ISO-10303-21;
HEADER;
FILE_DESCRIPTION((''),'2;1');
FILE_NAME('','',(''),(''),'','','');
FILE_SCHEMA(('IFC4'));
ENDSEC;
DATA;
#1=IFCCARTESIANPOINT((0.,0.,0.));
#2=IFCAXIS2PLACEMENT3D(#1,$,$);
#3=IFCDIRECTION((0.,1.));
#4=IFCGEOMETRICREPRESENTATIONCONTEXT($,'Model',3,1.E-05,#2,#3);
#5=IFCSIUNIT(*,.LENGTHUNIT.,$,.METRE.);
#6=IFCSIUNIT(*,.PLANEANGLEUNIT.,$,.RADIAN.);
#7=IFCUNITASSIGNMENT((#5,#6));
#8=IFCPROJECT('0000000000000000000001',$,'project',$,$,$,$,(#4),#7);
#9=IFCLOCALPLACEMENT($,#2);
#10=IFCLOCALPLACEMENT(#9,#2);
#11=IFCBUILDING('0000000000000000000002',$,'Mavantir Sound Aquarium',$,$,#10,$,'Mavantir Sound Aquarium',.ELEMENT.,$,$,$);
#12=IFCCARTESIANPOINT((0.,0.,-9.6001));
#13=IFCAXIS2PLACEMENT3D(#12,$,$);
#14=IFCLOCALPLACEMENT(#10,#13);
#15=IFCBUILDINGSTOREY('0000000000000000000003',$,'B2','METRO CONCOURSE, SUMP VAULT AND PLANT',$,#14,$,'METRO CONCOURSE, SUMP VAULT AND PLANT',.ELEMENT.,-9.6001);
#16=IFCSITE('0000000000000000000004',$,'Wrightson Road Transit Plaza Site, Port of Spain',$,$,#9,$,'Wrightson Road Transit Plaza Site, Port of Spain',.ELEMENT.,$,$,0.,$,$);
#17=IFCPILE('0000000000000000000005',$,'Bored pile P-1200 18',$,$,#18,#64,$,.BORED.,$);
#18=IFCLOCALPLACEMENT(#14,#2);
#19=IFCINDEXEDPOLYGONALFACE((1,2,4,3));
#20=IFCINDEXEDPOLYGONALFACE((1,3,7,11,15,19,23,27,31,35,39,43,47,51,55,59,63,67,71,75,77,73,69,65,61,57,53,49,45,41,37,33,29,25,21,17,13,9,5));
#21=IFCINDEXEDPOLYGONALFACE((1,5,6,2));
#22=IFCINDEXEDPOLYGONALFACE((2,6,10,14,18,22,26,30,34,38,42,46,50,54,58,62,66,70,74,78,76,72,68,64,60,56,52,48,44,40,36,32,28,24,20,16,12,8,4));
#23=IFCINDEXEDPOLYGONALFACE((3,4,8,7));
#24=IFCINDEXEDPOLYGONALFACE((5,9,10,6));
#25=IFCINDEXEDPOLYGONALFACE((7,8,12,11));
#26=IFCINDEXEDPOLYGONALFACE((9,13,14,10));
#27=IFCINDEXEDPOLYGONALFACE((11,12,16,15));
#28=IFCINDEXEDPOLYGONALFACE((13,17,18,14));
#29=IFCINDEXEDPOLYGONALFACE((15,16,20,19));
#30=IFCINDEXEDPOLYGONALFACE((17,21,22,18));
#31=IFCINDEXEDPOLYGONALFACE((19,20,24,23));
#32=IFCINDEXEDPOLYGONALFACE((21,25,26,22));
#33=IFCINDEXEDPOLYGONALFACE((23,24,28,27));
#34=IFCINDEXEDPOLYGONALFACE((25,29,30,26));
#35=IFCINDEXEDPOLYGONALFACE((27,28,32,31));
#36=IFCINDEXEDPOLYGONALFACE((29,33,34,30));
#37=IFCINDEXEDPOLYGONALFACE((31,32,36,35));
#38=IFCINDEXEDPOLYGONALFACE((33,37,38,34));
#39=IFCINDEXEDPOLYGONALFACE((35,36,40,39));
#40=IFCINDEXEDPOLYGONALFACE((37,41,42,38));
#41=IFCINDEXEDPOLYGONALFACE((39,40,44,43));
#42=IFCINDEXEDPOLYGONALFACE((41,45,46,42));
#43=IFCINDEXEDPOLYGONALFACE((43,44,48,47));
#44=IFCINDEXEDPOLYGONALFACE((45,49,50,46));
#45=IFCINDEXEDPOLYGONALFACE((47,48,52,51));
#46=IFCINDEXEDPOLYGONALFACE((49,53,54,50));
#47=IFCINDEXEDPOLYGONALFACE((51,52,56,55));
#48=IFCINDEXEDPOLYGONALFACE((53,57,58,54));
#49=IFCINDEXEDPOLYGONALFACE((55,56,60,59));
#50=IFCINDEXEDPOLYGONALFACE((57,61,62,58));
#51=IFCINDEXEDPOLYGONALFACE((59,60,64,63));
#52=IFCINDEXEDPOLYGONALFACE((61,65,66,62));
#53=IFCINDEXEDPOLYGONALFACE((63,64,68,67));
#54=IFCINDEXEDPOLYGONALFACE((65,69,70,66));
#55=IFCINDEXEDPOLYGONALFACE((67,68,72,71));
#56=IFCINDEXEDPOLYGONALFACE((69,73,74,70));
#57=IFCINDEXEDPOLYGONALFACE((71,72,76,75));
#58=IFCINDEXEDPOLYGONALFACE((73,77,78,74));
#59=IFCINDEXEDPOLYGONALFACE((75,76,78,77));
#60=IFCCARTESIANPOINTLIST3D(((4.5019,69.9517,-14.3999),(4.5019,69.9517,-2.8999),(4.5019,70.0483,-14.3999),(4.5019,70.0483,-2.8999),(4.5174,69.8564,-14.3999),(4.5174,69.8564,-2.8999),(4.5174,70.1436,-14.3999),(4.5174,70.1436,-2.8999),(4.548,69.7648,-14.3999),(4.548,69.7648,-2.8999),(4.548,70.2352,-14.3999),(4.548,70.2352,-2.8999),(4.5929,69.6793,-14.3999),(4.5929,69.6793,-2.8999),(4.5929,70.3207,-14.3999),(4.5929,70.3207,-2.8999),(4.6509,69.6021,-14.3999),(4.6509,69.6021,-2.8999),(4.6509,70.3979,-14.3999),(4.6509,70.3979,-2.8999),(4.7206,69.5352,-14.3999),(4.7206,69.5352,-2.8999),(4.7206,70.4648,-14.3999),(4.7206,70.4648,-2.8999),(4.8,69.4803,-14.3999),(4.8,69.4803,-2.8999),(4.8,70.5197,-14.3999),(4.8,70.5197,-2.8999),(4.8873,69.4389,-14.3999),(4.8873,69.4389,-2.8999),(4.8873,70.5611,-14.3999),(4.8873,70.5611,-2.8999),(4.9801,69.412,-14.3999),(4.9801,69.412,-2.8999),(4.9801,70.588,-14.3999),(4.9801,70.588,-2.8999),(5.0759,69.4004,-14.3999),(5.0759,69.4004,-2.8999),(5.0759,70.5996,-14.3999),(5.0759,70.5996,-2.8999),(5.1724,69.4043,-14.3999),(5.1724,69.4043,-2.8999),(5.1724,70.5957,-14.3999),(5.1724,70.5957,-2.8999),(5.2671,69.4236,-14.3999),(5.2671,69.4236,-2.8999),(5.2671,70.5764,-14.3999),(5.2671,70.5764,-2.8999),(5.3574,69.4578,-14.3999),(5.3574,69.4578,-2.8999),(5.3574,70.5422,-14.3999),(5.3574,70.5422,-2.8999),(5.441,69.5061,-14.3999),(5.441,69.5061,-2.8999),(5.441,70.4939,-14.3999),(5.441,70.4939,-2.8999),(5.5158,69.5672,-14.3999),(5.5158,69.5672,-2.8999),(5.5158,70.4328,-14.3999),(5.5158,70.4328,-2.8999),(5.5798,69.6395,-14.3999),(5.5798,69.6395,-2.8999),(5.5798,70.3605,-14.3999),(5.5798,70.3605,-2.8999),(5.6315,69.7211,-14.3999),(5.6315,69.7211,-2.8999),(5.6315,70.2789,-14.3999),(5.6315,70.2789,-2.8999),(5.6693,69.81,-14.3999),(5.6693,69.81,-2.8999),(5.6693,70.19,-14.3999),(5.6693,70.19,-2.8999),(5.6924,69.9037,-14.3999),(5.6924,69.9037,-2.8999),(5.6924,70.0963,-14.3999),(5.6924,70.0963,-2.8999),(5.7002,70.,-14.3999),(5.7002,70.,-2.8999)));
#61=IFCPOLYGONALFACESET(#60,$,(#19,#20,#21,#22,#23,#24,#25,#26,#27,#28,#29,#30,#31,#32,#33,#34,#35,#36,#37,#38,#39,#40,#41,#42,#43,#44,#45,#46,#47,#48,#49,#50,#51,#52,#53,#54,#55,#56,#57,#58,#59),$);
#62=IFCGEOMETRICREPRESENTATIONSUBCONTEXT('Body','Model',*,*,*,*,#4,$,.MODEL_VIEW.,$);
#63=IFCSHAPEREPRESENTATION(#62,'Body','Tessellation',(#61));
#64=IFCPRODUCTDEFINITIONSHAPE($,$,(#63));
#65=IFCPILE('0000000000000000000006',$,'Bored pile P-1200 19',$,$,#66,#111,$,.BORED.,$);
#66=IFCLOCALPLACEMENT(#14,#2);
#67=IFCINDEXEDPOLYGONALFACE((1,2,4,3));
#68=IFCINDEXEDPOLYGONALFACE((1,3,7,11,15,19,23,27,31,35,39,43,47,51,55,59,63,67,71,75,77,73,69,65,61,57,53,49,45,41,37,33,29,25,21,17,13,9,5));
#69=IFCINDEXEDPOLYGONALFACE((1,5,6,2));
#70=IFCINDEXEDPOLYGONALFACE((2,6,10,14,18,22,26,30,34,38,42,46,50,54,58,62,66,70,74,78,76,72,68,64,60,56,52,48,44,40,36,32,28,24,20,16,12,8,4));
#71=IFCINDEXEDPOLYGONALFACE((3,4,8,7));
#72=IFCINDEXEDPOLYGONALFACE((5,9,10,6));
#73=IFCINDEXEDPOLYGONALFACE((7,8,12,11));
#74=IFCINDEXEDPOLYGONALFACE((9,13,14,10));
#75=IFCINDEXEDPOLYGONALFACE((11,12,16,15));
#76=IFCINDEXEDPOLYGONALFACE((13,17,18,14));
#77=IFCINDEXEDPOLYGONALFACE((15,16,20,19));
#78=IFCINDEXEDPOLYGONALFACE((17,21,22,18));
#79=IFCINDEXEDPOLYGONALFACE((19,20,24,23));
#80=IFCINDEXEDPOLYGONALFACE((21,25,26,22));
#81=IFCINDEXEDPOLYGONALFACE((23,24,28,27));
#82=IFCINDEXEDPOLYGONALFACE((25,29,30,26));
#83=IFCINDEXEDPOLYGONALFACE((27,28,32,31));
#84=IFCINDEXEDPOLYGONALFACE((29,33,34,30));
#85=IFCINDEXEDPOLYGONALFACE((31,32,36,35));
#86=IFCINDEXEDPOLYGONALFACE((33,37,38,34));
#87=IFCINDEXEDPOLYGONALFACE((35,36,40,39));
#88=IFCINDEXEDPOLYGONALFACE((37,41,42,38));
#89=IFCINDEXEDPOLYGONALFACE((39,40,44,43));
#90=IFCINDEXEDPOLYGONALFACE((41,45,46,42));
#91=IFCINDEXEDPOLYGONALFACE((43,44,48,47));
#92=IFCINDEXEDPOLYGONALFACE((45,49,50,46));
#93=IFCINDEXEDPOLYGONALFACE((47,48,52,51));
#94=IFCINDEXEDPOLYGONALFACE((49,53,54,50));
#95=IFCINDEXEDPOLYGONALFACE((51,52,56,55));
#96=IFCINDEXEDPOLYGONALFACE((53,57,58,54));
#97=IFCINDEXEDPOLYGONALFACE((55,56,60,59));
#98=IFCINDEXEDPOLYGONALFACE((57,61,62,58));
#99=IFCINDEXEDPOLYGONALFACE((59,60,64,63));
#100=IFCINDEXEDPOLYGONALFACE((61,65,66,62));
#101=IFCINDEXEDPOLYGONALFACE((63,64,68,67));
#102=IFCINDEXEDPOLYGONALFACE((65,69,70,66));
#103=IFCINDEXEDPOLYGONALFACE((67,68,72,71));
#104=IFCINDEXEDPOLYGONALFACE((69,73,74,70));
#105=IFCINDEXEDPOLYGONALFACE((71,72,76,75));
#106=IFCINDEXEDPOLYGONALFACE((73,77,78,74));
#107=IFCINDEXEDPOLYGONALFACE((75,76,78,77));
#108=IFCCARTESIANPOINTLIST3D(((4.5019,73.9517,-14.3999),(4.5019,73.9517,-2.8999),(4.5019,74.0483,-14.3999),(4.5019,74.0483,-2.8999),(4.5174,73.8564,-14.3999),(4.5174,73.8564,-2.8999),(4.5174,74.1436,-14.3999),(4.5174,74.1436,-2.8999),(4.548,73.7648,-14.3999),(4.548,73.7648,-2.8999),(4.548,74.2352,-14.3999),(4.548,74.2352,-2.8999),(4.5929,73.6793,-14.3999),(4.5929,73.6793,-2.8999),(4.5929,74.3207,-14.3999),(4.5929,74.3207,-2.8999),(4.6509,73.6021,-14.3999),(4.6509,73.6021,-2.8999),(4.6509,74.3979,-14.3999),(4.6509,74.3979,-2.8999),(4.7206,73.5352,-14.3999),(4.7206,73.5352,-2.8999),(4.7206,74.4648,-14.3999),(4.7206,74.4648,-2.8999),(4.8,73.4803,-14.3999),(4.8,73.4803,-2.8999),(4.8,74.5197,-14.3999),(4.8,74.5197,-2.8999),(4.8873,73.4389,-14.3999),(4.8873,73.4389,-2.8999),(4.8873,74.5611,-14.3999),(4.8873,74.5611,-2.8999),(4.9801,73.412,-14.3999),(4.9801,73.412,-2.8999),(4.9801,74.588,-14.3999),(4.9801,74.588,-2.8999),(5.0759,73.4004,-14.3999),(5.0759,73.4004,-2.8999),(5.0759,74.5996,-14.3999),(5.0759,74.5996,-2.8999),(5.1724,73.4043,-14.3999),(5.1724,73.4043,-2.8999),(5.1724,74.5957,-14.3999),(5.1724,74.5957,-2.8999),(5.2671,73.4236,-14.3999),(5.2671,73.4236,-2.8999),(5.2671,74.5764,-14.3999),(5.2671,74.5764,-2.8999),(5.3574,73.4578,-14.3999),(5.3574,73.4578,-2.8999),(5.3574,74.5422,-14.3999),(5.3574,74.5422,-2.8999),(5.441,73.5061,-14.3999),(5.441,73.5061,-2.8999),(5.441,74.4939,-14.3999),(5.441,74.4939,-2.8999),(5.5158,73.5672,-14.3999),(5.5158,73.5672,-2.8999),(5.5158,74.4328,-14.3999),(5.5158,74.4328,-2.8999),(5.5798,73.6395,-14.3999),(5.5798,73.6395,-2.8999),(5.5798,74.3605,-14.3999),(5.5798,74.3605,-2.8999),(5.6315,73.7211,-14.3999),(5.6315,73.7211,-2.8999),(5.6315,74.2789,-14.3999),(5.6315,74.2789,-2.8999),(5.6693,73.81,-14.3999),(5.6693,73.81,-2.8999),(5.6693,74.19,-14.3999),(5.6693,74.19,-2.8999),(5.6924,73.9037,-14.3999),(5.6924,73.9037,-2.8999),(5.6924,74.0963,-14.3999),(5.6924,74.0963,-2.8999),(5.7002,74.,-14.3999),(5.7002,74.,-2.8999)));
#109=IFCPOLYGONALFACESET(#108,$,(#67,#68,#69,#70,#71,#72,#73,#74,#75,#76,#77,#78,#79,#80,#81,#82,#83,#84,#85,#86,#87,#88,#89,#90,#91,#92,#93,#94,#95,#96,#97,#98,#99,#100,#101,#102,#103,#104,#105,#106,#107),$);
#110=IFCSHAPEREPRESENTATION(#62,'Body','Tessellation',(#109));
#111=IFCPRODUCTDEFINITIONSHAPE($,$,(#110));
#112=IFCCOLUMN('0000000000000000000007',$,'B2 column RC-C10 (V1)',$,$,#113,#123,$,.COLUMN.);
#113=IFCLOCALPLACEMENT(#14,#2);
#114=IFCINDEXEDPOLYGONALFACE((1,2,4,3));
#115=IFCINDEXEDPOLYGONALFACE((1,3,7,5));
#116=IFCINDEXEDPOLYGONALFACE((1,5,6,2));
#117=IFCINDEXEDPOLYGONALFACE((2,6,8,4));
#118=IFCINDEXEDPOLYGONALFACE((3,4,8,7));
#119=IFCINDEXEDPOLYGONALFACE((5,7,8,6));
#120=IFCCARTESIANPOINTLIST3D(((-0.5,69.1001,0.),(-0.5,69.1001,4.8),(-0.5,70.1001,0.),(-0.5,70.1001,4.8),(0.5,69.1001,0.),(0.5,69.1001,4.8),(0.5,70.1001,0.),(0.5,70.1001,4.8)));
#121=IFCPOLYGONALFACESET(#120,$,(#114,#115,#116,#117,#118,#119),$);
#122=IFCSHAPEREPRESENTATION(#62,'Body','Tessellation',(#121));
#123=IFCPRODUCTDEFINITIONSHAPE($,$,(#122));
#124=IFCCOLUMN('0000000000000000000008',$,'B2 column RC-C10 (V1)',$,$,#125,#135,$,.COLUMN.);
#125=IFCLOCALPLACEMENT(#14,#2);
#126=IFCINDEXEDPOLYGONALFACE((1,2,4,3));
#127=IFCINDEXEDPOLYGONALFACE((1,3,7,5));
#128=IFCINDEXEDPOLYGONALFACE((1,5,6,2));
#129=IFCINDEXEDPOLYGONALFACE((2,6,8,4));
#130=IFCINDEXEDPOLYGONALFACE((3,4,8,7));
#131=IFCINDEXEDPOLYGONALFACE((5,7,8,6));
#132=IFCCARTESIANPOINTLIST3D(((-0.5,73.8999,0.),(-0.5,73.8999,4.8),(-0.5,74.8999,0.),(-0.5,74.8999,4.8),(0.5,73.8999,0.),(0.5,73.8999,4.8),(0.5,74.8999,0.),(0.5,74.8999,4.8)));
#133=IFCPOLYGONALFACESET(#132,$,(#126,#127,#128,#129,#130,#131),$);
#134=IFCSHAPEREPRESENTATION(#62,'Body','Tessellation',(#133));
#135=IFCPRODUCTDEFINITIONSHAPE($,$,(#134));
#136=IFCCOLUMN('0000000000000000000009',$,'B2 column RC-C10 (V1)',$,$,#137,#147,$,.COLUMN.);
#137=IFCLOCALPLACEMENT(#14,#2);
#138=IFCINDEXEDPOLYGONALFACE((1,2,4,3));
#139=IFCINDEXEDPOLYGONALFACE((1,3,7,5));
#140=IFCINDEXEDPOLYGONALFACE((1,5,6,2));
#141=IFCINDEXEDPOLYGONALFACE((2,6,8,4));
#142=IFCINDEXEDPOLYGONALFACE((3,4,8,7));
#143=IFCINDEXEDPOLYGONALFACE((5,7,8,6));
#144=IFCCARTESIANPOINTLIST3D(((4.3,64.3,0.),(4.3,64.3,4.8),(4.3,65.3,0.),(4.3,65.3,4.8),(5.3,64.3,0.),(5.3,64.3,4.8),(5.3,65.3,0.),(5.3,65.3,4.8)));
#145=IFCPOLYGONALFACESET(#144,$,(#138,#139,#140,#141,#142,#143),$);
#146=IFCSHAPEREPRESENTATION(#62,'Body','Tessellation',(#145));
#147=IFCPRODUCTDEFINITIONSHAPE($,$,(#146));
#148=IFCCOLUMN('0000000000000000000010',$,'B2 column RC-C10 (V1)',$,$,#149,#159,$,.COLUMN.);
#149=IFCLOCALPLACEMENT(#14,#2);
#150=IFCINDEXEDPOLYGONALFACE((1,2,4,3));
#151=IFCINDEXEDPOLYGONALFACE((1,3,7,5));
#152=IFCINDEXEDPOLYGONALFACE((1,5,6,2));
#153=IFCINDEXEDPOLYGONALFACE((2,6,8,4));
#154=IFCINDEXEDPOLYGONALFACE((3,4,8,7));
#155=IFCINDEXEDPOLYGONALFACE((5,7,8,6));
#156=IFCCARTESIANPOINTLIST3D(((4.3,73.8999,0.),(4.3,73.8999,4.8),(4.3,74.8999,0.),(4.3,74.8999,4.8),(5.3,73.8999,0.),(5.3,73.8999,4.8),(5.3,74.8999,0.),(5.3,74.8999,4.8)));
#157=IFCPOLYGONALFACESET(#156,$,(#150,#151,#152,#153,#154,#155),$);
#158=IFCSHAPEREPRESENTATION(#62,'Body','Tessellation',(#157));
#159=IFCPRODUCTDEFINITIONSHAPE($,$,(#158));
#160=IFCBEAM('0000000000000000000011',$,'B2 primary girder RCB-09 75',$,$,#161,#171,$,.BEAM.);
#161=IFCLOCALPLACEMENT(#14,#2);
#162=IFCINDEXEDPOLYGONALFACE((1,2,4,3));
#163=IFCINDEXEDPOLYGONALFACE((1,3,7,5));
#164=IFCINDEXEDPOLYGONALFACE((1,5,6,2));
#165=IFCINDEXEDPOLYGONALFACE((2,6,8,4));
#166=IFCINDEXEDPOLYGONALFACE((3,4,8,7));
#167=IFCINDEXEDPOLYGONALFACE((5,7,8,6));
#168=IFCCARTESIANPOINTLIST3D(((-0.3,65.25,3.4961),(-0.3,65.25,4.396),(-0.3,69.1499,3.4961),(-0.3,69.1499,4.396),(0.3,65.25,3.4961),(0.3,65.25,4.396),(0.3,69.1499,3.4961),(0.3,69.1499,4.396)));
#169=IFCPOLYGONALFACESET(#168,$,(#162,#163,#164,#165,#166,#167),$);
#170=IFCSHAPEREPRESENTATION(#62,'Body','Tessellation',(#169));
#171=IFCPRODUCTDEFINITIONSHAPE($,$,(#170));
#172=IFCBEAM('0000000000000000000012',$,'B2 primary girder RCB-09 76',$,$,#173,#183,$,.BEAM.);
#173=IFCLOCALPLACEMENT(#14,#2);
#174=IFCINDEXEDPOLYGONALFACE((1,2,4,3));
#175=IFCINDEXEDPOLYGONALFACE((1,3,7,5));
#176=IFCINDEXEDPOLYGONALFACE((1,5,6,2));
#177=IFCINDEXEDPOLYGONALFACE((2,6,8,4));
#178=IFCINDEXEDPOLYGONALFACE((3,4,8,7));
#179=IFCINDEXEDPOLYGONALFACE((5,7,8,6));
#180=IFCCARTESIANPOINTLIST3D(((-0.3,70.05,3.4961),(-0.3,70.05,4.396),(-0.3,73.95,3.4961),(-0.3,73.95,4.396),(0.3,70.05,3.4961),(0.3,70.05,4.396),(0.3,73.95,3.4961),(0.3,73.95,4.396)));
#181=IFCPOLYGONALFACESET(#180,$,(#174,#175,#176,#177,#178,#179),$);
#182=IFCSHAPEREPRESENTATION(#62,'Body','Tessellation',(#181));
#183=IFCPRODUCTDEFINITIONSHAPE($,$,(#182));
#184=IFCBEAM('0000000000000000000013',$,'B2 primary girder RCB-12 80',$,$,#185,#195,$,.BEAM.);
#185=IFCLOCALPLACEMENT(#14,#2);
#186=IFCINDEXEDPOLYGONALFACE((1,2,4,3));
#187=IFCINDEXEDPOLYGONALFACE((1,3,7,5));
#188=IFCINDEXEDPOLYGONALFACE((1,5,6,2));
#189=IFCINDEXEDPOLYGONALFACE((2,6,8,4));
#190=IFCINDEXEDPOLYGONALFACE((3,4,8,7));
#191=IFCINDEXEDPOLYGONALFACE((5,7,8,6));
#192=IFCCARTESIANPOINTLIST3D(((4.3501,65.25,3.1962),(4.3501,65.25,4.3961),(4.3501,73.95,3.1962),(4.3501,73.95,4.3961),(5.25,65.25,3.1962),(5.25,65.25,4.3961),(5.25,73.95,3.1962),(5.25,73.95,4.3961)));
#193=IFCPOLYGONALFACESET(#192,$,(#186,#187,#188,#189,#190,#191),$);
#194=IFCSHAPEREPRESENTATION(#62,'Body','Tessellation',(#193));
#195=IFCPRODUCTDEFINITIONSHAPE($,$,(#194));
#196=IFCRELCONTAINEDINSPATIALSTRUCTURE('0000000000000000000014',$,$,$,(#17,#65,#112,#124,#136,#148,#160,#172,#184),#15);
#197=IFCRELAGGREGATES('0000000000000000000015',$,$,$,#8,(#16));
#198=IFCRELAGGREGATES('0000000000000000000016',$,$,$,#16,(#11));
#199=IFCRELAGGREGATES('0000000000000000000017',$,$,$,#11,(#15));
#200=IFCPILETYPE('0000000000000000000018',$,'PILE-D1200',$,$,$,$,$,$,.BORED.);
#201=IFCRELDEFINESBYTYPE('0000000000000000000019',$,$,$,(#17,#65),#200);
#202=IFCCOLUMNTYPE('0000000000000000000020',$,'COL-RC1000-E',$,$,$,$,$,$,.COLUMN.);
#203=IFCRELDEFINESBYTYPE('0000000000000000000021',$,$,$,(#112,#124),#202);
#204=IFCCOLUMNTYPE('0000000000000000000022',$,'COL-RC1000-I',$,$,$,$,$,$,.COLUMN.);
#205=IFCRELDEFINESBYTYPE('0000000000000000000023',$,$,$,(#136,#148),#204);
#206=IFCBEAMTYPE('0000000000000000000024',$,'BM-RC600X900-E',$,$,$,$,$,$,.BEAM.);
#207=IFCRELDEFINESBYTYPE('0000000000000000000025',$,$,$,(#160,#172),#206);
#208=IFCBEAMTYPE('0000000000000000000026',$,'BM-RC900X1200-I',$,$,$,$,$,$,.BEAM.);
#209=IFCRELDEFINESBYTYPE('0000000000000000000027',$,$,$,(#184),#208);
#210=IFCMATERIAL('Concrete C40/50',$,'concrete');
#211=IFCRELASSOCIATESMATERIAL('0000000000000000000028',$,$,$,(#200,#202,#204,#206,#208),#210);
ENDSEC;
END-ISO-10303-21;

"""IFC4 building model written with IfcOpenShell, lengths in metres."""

from ifc_helpers import new_model, si_unit, direction, frame, origin, origin_2d, place, context, subcontext, project, spatial, rectangle, circle, extrude, material, material_profile, profile_set, type_object, element, save


model = new_model("IFC4")

# Units and contexts
model_context = context("Model", 3, precision=1e-05, world=origin(), true_north=direction((0.0, 1.0)))
body_context = subcontext(model_context, "Body", "Model", "MODEL_VIEW")
ifc_project = project(units=[si_unit("LENGTHUNIT", "METRE"), si_unit("PLANEANGLEUNIT", "RADIAN")], contexts=[model_context])

# Site, building, storey
site_placement = place(None, origin())
site = spatial("IfcSite", under=ifc_project, at=site_placement, Name="Wrightson Road Transit Plaza Site, Port of Spain", LongName="Wrightson Road Transit Plaza Site, Port of Spain", CompositionType="ELEMENT", RefElevation=0.0)
building_placement = place(site_placement, origin())
building = spatial("IfcBuilding", under=site, at=building_placement, Name="Mavantir Sound Aquarium", LongName="Mavantir Sound Aquarium", CompositionType="ELEMENT")
storey_placement = place(building_placement, frame((0.0, 0.0, -9.6001)))
storey = spatial("IfcBuildingStorey", under=building, at=storey_placement, Name="B2", Description="METRO CONCOURSE, SUMP VAULT AND PLANT", LongName="METRO CONCOURSE, SUMP VAULT AND PLANT", CompositionType="ELEMENT", Elevation=-9.6001)

# Piles
ifc_material_1 = material(Name="Concrete C40/50", Category="concrete")
ifc_material_profile_1 = material_profile(ifc_material_1, circle(Radius=0.6001, at=origin_2d()), Name="PILE D1200")
ifc_profile_set_1 = profile_set([ifc_material_profile_1], Name="Concrete C40/50")
pile_type = type_object("IfcPileType", Name="PILE-D1200", PredefinedType="BORED", material=ifc_profile_set_1)
for number, where, z_axis, x_axis, name in (
    (1, (5.1001, 70.0, -2.8999), (0.0, 0.0, -1.0), (1.0, 0.0, 0.0), "Bored pile P-1200 18"),
    (2, (5.1001, 74.0, -2.8999), (0.0, 0.0, -1.0), (1.0, 0.0, 0.0), "Bored pile P-1200 19"),
):
    element("IfcPile", number, at=place(storey_placement, frame(where, z_axis=z_axis, x_axis=x_axis)), inside=storey, type_object=pile_type, Name=name, PredefinedType="BORED", context=body_context, shape_type="SweptSolid", body=[
        extrude(circle(Radius=0.6001, at=origin_2d()), origin(), (0.0, 0.0, 1.0), 11.5),
    ])

# Columns
ifc_material_profile_2 = material_profile(ifc_material_1, rectangle(XDim=1.0, YDim=1.0, at=origin_2d()), Name="RC 1000X1000")
ifc_profile_set_2 = profile_set([ifc_material_profile_2], Name="Concrete C40/50")
column_type_1 = type_object("IfcColumnType", Name="COL-RC1000-E", PredefinedType="COLUMN", material=ifc_profile_set_2)
for number, where, z_axis, x_axis, name in (
    (3, (0.0, 69.6001, 0.0), (0.0, 0.0, 1.0), (1.0, 0.0, 0.0), "B2 column RC-C10 (V1)"),
    (4, (0.0, 74.3999, 0.0), (0.0, 0.0, 1.0), (1.0, 0.0, 0.0), "B2 column RC-C10 (V1)"),
):
    element("IfcColumn", number, at=place(storey_placement, frame(where, z_axis=z_axis, x_axis=x_axis)), inside=storey, type_object=column_type_1, Name=name, PredefinedType="COLUMN", context=body_context, shape_type="SweptSolid", body=[
        extrude(rectangle(XDim=1.0, YDim=1.0, at=origin_2d()), origin(), (0.0, 0.0, 1.0), 4.8),
    ])
ifc_material_profile_3 = material_profile(ifc_material_1, rectangle(XDim=1.0, YDim=1.0, at=origin_2d()), Name="RC 1000X1000")
ifc_profile_set_3 = profile_set([ifc_material_profile_3], Name="Concrete C40/50")
column_type_2 = type_object("IfcColumnType", Name="COL-RC1000-I", PredefinedType="COLUMN", material=ifc_profile_set_3)
for number, where, z_axis, x_axis, name in (
    (5, (4.8, 64.8, 0.0), (0.0, 0.0, 1.0), (1.0, 0.0, 0.0), "B2 column RC-C10 (V1)"),
    (6, (4.8, 74.3999, 0.0), (0.0, 0.0, 1.0), (1.0, 0.0, 0.0), "B2 column RC-C10 (V1)"),
):
    element("IfcColumn", number, at=place(storey_placement, frame(where, z_axis=z_axis, x_axis=x_axis)), inside=storey, type_object=column_type_2, Name=name, PredefinedType="COLUMN", context=body_context, shape_type="SweptSolid", body=[
        extrude(rectangle(XDim=1.0, YDim=1.0, at=origin_2d()), origin(), (0.0, 0.0, 1.0), 4.8),
    ])

# Beams
ifc_material_profile_4 = material_profile(ifc_material_1, rectangle(XDim=0.6001, YDim=0.8999, at=origin_2d()), Name="RC 600X900")
ifc_profile_set_4 = profile_set([ifc_material_profile_4], Name="Concrete C40/50")
beam_type_1 = type_object("IfcBeamType", Name="BM-RC600X900-E", PredefinedType="BEAM", material=ifc_profile_set_4)
for number, where, z_axis, x_axis, name in (
    (7, (0.0, 65.25, 3.946), (0.0, 1.0, 0.0), (-1.0, 0.0, 0.0), "B2 primary girder RCB-09 75"),
    (8, (0.0, 70.05, 3.946), (0.0, 1.0, 0.0), (-1.0, 0.0, 0.0), "B2 primary girder RCB-09 76"),
):
    element("IfcBeam", number, at=place(storey_placement, frame(where, z_axis=z_axis, x_axis=x_axis)), inside=storey, type_object=beam_type_1, Name=name, PredefinedType="BEAM", context=body_context, shape_type="SweptSolid", body=[
        extrude(rectangle(XDim=0.6001, YDim=0.8999, at=origin_2d()), origin(), (0.0, 0.0, 1.0), 3.8999),
    ])
ifc_material_profile_5 = material_profile(ifc_material_1, rectangle(XDim=0.8999, YDim=1.2, at=origin_2d()), Name="RC 900X1200")
ifc_profile_set_5 = profile_set([ifc_material_profile_5], Name="Concrete C40/50")
beam_type_2 = type_object("IfcBeamType", Name="BM-RC900X1200-I", PredefinedType="BEAM", material=ifc_profile_set_5)
beam_1_placement = place(storey_placement, frame((4.8, 65.25, 3.7961), z_axis=(0.0, 1.0, 0.0), x_axis=(-1.0, 0.0, 0.0)))
element("IfcBeam", 9, at=beam_1_placement, inside=storey, type_object=beam_type_2, Name="B2 primary girder RCB-12 80", PredefinedType="BEAM", context=body_context, shape_type="SweptSolid", body=[
    extrude(rectangle(XDim=0.8999, YDim=1.2, at=origin_2d()), origin(), (0.0, 0.0, 1.0), 8.7),
])

save(model, "model.ifc")
